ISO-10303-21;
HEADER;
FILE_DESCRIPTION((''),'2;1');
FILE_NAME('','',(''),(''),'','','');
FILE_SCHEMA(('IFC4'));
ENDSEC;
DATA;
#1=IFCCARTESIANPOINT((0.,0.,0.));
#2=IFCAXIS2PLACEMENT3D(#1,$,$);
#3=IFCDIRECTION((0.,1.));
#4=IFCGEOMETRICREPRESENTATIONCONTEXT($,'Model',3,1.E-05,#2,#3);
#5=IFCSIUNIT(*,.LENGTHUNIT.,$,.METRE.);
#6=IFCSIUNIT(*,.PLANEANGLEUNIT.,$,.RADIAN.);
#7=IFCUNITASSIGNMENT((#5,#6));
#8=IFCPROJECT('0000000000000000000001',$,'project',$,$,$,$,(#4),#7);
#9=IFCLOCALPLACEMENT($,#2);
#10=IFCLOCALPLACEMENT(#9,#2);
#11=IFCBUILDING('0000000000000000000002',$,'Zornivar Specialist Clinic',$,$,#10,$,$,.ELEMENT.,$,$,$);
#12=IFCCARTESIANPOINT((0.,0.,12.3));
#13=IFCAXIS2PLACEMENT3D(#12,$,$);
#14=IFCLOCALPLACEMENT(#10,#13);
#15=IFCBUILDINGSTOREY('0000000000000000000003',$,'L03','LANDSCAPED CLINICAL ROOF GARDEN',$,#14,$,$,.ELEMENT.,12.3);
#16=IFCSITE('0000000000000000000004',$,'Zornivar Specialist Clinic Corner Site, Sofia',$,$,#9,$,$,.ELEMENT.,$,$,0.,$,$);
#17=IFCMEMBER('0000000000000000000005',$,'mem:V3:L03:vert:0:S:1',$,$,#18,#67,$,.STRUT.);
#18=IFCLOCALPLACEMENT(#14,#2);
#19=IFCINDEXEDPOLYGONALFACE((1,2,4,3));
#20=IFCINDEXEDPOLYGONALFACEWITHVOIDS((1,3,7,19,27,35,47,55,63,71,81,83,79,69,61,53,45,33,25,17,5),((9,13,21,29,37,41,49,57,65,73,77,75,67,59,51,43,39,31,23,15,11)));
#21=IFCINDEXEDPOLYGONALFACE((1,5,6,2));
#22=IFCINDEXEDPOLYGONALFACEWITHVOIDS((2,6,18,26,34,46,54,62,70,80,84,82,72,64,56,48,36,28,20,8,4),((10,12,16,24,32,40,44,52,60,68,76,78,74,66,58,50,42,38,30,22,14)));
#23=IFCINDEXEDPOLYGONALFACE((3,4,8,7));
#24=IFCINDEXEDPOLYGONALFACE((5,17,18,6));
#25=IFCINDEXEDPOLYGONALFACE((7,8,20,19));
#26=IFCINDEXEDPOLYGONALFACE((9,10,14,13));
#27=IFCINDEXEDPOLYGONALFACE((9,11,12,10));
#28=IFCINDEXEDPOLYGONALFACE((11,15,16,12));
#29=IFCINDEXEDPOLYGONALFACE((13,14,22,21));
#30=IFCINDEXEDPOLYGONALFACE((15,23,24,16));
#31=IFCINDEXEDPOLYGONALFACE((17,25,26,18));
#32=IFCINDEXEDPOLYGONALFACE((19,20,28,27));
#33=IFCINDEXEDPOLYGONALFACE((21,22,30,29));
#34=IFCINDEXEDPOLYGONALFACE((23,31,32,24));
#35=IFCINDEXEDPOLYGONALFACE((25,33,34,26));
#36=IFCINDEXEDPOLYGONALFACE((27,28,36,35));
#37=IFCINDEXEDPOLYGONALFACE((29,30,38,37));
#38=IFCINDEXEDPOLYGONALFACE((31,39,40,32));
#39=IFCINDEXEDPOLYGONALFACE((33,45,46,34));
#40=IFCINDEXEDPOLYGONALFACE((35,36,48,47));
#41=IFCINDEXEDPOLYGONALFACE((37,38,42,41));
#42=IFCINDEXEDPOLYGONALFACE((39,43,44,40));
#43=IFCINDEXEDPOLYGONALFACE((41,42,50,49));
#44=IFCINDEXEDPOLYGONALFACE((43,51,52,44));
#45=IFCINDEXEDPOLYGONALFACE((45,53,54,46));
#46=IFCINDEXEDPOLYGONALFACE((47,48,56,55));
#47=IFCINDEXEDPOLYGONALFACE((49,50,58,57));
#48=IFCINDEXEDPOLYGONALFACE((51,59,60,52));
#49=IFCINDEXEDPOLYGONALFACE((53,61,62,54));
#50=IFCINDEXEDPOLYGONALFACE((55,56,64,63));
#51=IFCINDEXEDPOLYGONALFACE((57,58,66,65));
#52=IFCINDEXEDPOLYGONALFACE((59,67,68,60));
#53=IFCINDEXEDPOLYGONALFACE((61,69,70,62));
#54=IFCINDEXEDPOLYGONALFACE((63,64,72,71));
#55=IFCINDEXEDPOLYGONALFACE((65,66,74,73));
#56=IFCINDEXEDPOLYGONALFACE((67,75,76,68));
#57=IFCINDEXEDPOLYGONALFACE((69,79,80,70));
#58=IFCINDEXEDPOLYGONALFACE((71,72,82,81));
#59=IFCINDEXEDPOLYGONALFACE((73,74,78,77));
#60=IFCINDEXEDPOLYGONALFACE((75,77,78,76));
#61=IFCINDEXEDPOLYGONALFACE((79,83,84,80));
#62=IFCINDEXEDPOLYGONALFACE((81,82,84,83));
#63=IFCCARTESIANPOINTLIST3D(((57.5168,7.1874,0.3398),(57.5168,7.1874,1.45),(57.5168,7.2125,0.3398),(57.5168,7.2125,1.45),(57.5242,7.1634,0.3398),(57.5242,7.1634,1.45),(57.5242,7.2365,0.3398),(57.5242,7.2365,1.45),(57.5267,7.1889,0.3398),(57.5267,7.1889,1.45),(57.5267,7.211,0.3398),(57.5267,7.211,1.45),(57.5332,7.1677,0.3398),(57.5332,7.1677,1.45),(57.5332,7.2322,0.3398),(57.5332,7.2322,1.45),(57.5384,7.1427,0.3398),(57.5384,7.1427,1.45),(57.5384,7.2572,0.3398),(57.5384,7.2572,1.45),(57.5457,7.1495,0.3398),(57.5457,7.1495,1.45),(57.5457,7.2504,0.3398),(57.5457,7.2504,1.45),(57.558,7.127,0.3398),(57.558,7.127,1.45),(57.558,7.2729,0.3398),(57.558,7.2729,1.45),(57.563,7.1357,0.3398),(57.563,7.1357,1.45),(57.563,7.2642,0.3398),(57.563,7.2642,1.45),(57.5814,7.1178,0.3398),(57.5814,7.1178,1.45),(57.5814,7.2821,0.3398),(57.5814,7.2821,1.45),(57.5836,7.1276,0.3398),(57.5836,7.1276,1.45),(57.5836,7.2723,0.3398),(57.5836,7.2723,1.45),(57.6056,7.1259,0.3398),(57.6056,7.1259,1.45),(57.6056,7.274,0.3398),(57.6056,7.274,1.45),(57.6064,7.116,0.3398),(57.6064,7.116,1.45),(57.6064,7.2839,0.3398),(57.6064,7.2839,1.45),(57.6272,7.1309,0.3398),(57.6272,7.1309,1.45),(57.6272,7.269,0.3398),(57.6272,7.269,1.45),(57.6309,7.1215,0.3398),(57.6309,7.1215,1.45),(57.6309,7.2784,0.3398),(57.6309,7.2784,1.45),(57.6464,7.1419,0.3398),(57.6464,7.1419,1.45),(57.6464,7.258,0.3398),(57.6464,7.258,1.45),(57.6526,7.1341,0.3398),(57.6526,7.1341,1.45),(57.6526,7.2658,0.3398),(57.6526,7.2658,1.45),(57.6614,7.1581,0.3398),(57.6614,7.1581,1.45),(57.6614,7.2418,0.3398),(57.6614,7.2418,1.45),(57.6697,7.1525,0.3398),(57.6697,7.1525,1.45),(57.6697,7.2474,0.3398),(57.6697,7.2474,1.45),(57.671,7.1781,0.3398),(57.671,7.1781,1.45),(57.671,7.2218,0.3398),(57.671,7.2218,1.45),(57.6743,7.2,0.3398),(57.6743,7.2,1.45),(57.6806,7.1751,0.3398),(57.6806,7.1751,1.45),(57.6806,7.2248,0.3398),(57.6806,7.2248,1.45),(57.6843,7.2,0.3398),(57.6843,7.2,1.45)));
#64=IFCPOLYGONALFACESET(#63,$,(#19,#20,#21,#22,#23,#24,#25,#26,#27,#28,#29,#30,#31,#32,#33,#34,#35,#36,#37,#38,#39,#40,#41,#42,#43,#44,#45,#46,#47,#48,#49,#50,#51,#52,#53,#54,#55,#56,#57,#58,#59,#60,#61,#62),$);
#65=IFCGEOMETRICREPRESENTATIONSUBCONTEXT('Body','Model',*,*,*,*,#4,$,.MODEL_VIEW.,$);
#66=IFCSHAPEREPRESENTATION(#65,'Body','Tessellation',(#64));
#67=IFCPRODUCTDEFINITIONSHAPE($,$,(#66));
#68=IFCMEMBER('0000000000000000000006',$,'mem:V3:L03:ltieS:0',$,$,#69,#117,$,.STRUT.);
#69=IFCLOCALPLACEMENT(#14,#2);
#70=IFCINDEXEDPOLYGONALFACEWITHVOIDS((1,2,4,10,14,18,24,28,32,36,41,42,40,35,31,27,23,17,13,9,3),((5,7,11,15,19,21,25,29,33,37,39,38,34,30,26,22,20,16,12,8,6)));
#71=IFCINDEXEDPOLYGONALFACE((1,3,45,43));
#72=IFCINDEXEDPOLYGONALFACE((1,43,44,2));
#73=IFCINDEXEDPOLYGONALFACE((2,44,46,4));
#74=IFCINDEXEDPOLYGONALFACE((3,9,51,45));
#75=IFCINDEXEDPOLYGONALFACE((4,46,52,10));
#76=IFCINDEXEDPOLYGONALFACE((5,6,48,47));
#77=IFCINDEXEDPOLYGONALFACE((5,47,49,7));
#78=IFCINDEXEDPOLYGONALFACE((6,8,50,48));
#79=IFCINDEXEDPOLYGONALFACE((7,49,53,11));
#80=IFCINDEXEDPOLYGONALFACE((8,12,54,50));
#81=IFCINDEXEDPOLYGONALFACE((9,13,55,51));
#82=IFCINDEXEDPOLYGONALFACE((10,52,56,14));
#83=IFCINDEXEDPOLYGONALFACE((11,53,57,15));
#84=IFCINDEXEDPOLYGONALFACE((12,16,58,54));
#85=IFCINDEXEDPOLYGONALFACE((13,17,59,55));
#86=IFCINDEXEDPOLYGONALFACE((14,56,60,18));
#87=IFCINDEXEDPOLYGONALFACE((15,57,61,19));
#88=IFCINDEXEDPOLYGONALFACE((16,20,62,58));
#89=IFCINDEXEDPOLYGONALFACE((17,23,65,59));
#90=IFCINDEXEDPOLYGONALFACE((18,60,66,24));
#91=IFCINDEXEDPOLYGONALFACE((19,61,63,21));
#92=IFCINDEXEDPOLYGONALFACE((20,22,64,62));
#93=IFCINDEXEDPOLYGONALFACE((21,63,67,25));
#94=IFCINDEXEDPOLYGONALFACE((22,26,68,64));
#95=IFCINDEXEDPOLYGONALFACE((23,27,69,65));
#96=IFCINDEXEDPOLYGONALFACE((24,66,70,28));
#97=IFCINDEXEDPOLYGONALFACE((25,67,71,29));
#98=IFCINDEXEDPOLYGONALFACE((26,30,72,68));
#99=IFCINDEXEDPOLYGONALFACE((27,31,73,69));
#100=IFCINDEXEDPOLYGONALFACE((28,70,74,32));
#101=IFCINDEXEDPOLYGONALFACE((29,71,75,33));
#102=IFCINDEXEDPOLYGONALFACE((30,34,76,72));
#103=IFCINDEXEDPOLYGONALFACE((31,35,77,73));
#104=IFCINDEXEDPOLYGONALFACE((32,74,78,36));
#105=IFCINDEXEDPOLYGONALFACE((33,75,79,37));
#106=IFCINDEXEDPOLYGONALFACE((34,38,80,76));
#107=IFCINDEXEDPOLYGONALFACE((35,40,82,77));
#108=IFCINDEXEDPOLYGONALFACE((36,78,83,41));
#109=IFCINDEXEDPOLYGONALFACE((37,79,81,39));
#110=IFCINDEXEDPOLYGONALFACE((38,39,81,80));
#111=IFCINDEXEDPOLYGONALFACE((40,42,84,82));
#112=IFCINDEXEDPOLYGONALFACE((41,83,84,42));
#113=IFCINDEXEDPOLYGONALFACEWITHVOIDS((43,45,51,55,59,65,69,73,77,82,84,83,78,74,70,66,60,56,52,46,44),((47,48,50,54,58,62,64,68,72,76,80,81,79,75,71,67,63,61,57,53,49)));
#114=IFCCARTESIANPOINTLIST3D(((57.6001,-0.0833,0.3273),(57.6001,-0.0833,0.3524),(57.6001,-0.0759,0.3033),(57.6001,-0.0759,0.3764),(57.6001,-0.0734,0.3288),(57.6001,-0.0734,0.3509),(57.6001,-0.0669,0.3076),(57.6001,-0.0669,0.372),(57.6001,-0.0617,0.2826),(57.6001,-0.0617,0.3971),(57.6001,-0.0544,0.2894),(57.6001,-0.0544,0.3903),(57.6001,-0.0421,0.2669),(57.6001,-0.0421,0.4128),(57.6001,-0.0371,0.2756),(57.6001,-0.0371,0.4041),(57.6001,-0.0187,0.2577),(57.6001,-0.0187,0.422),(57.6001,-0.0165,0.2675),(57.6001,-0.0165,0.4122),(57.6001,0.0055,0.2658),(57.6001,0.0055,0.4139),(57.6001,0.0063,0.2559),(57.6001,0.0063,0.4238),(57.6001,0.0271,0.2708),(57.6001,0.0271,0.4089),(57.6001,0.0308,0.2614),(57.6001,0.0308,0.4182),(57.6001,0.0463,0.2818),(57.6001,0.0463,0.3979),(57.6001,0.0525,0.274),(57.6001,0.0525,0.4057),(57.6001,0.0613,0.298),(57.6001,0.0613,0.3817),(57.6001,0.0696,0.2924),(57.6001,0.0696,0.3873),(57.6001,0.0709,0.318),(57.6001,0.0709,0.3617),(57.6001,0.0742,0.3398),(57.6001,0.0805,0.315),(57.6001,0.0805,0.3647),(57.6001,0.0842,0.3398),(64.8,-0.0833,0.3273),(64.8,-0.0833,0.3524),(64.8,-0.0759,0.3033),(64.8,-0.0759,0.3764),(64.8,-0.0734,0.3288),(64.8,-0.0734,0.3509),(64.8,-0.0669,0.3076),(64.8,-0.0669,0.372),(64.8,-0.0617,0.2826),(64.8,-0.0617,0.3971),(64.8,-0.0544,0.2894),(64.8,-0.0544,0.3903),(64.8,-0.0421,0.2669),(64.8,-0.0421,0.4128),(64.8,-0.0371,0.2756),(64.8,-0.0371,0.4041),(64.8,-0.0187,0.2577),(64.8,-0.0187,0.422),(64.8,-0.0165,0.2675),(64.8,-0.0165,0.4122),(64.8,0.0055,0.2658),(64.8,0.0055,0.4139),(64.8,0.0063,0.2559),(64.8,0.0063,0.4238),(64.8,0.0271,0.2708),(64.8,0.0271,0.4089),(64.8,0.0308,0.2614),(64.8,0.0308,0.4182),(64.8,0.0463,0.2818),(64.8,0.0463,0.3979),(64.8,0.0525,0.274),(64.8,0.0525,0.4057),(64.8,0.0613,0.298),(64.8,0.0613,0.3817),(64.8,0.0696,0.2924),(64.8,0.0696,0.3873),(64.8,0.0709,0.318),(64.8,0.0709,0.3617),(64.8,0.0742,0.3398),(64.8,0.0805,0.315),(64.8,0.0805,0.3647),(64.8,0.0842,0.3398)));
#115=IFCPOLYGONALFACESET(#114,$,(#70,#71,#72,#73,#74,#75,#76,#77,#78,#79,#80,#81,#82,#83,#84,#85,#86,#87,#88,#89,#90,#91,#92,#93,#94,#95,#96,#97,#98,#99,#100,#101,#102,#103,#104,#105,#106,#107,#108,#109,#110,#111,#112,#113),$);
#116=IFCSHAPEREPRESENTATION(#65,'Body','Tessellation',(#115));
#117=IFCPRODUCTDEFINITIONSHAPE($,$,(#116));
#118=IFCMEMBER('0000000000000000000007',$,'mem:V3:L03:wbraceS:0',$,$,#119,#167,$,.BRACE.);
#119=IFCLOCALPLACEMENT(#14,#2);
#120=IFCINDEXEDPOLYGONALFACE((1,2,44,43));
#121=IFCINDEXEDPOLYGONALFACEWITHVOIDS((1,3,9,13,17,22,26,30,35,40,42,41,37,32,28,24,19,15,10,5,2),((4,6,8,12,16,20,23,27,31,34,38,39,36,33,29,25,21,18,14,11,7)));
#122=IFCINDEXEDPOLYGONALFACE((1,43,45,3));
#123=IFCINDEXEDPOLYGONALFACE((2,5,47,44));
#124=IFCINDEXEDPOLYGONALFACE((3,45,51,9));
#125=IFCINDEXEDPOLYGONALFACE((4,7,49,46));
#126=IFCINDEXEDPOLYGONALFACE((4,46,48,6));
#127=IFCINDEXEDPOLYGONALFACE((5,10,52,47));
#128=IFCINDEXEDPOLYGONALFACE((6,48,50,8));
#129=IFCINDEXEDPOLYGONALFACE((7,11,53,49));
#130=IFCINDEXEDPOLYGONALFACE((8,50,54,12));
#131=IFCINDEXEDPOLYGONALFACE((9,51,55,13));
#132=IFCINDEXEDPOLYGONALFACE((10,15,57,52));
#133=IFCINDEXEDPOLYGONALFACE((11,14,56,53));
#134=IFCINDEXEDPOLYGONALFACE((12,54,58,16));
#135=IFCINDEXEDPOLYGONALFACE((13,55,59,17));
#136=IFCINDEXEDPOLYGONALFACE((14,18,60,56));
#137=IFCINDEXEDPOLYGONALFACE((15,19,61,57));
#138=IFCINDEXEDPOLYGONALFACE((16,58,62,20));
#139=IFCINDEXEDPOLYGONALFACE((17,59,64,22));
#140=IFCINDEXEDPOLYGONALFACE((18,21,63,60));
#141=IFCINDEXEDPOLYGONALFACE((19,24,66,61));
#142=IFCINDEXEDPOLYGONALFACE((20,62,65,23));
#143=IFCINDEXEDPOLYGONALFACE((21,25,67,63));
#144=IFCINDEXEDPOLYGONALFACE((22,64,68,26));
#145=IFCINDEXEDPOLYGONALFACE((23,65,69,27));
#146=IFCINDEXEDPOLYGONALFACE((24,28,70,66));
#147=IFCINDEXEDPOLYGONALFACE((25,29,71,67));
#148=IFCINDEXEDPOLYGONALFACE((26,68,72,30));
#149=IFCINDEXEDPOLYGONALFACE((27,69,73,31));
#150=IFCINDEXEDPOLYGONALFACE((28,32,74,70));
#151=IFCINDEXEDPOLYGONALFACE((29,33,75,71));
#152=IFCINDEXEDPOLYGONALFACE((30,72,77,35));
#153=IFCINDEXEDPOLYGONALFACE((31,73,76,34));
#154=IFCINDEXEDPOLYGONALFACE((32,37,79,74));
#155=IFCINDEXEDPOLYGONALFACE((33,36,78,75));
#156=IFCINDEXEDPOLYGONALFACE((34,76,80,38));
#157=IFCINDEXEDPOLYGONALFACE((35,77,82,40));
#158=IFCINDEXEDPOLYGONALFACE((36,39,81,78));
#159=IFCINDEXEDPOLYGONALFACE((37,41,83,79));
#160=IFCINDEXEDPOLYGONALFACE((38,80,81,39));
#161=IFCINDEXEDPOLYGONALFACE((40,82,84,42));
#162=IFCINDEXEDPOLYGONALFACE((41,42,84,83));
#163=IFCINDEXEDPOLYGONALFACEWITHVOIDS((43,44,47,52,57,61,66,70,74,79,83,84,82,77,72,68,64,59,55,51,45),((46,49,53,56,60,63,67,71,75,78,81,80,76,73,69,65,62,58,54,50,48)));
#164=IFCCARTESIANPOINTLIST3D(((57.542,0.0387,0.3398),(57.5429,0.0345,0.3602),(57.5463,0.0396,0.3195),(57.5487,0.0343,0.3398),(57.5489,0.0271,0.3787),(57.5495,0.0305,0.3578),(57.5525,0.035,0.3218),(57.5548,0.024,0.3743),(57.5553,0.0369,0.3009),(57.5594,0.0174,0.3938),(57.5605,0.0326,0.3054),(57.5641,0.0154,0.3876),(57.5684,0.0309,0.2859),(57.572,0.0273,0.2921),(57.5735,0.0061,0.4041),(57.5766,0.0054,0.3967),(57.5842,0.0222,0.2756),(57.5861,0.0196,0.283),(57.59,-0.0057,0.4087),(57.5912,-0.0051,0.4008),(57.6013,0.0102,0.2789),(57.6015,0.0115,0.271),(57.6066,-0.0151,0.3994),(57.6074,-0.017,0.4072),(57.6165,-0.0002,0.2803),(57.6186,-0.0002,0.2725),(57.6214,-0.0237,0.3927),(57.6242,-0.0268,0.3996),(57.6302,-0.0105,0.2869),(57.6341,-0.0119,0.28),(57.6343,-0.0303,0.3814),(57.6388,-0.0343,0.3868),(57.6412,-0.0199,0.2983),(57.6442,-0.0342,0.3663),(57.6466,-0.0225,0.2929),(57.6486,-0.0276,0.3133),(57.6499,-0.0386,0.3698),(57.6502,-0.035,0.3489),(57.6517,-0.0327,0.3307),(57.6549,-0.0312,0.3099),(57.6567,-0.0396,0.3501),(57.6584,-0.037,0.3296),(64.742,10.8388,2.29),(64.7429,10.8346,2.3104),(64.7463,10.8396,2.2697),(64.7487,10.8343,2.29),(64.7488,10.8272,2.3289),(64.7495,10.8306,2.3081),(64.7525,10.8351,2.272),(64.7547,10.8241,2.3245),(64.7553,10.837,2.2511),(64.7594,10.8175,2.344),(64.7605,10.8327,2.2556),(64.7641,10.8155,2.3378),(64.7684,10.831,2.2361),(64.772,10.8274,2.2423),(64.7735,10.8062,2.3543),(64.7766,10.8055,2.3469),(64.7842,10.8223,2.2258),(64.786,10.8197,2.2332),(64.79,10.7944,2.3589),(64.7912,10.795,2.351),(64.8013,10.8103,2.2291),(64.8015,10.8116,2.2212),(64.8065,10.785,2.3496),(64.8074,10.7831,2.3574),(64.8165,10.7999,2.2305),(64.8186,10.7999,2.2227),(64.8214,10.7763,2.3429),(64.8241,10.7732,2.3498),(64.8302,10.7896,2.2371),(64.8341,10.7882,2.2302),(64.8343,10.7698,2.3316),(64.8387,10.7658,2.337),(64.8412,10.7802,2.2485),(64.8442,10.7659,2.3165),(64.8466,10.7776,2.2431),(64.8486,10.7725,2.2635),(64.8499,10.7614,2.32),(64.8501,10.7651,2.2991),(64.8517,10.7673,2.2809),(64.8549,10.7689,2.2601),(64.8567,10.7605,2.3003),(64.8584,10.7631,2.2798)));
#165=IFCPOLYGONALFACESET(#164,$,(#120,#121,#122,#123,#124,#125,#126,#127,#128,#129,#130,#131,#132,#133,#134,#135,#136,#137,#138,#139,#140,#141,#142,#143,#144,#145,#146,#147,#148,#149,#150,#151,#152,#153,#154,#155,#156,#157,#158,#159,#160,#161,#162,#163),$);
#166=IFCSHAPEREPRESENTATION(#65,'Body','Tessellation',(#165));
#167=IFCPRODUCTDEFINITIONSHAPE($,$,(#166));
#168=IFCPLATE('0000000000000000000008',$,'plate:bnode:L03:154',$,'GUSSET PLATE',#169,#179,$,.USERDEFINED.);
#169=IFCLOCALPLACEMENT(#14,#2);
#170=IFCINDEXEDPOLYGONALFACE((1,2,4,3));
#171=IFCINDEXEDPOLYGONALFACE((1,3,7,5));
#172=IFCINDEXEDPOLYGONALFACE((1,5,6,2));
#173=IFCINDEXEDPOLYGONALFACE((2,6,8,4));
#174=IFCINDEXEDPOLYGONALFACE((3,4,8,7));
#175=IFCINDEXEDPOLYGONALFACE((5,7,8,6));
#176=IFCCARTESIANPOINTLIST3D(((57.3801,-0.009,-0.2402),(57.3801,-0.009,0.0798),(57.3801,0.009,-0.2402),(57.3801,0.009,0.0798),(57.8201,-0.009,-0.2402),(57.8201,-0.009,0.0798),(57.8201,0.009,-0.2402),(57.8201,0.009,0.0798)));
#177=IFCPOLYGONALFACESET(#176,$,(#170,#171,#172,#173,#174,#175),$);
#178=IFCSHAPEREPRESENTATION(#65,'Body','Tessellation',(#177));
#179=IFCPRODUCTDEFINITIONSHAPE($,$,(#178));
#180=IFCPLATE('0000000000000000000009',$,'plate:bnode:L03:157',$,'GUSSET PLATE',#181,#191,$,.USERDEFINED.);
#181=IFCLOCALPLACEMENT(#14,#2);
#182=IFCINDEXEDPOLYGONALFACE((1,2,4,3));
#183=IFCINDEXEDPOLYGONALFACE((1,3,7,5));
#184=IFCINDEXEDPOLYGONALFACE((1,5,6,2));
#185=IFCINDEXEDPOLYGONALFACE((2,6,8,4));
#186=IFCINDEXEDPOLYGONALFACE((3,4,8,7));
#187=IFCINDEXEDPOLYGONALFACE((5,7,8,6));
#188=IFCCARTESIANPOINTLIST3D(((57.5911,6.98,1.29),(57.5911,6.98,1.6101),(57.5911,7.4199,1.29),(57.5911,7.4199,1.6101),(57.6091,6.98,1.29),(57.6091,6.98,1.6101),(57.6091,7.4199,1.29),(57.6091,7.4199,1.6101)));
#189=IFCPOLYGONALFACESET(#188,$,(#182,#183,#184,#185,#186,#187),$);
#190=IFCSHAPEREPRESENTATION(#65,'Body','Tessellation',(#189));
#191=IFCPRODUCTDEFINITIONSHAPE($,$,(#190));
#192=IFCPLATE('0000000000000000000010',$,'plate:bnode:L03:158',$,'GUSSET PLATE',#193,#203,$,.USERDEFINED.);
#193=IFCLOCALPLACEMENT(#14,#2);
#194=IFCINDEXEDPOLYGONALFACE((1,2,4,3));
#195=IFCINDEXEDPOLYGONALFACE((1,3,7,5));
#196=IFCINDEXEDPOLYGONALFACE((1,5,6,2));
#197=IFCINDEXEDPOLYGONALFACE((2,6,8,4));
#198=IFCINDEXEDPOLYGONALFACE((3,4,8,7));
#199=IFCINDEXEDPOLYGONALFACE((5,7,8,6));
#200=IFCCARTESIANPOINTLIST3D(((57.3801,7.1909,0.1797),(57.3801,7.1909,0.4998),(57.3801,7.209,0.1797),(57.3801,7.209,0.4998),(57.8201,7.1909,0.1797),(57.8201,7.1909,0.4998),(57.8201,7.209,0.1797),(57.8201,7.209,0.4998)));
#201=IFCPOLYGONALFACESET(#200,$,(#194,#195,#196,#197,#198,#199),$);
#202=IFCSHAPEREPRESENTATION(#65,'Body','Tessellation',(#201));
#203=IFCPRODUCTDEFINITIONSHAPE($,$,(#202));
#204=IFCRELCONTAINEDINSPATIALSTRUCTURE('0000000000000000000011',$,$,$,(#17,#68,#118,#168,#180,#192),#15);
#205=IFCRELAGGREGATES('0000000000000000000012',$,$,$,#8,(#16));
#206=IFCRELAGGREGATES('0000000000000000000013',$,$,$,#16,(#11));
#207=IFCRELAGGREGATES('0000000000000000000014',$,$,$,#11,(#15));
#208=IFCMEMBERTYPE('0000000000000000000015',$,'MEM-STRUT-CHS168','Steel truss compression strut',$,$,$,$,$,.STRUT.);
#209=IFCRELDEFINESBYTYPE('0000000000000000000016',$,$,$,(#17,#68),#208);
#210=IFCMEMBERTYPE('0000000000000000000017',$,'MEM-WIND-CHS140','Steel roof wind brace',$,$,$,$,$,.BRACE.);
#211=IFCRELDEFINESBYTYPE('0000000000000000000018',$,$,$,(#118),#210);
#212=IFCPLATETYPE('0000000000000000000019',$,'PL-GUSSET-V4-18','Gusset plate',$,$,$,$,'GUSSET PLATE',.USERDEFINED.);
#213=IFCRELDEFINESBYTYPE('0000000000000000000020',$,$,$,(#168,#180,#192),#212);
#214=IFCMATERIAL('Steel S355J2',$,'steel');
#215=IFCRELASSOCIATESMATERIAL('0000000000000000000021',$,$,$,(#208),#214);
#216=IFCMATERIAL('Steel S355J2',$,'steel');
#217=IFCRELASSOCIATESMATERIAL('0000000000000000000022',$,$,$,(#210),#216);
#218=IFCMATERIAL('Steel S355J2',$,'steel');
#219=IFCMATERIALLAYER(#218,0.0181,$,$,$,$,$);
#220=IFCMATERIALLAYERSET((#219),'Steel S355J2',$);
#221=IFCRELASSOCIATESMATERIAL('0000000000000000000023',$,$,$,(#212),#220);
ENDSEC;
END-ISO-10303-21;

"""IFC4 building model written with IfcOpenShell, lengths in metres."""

from ifc_helpers import new_model, si_unit, direction, frame, origin, origin_2d, place, context, subcontext, project, spatial, rectangle, hollow_circle, extrude, material, layer, layer_set, material_profile, profile_set, type_object, element, save


model = new_model("IFC4")

# Units and contexts
model_context = context("Model", 3, precision=1e-05, world=origin(), true_north=direction((0.0, 1.0)))
body_context = subcontext(model_context, "Body", "Model", "MODEL_VIEW")
ifc_project = project(units=[si_unit("LENGTHUNIT", "METRE"), si_unit("PLANEANGLEUNIT", "RADIAN")], contexts=[model_context])

# Site, building, storey
site_placement = place(None, origin())
site = spatial("IfcSite", under=ifc_project, at=site_placement, Name="Zornivar Specialist Clinic Corner Site, Sofia", CompositionType="ELEMENT", RefElevation=0.0)
building_placement = place(site_placement, origin())
building = spatial("IfcBuilding", under=site, at=building_placement, Name="Zornivar Specialist Clinic", CompositionType="ELEMENT")
storey_placement = place(building_placement, frame((0.0, 0.0, 12.3)))
storey = spatial("IfcBuildingStorey", under=building, at=storey_placement, Name="L03", Description="LANDSCAPED CLINICAL ROOF GARDEN", CompositionType="ELEMENT", Elevation=12.3)

# Members
ifc_material_1 = material(Name="Steel S355J2", Category="steel")
ifc_material_profile_1 = material_profile(ifc_material_1, hollow_circle(Radius=0.0842, WallThickness=0.01, at=origin_2d()), Name="CHS 168.3x10")
ifc_profile_set_1 = profile_set([ifc_material_profile_1], Name="Steel S355J2")
member_type_1 = type_object("IfcMemberType", Name="MEM-STRUT-CHS168", Description="Steel truss compression strut", PredefinedType="STRUT", material=ifc_profile_set_1)
member_1_placement = place(storey_placement, frame((57.6001, 7.2, 0.3398), z_axis=(0.0, 0.0, 1.0), x_axis=(1.0, 0.0, 0.0)))
element("IfcMember", 1, at=member_1_placement, inside=storey, type_object=member_type_1, Name="mem:V3:L03:vert:0:S:1", PredefinedType="STRUT", context=body_context, shape_type="SweptSolid", body=[
    extrude(hollow_circle(Radius=0.0842, WallThickness=0.01, at=origin_2d()), origin(), (0.0, 0.0, 1.0), 1.1101),
])
member_2_placement = place(storey_placement, frame((57.6001, 0.0, 0.3398), z_axis=(1.0, 0.0, 0.0), x_axis=(0.0, 1.0, 0.0)))
element("IfcMember", 2, at=member_2_placement, inside=storey, type_object=member_type_1, Name="mem:V3:L03:ltieS:0", PredefinedType="STRUT", context=body_context, shape_type="SweptSolid", body=[
    extrude(hollow_circle(Radius=0.0842, WallThickness=0.01, at=origin_2d()), origin(), (0.0, 0.0, 1.0), 7.2),
])
ifc_material_2 = material(Name="Steel S355J2", Category="steel")
ifc_material_profile_2 = material_profile(ifc_material_2, hollow_circle(Radius=0.0698, WallThickness=0.0081, at=origin_2d()), Name="CHS 139.7x8")
ifc_profile_set_2 = profile_set([ifc_material_profile_2], Name="Steel S355J2")
member_type_2 = type_object("IfcMemberType", Name="MEM-WIND-CHS140", Description="Steel roof wind brace", PredefinedType="BRACE", material=ifc_profile_set_2)
member_3_placement = place(storey_placement, frame((57.6001, 0.0, 0.3398), z_axis=(0.548539, 0.822818, 0.148579), x_axis=(-0.832053, 0.554696, 0.0)))
element("IfcMember", 3, at=member_3_placement, inside=storey, type_object=member_type_2, Name="mem:V3:L03:wbraceS:0", PredefinedType="BRACE", context=body_context, shape_type="SweptSolid", body=[
    extrude(hollow_circle(Radius=0.0698, WallThickness=0.0081, at=origin_2d()), origin(), (0.0, 0.0, 1.0), 13.1257),
])

# Plates
ifc_material_3 = material(Name="Steel S355J2", Category="steel")
ifc_layer_1 = layer(ifc_material_3, 0.0181)
ifc_layer_set_1 = layer_set([ifc_layer_1], Name="Steel S355J2")
plate_type = type_object("IfcPlateType", Name="PL-GUSSET-V4-18", Description="Gusset plate", ElementType="GUSSET PLATE", PredefinedType="USERDEFINED", material=ifc_layer_set_1)
for number, where, z_axis, x_axis, name in (
    (4, (57.6001, 0.0, -0.2402), (0.0, 0.0, 1.0), (1.0, 0.0, 0.0), "plate:bnode:L03:154"),
    (5, (57.6001, 7.2, 1.29), (0.0, 0.0, 1.0), (0.0, 1.0, 0.0), "plate:bnode:L03:157"),
    (6, (57.6001, 7.2, 0.1797), (0.0, 0.0, 1.0), (1.0, 0.0, 0.0), "plate:bnode:L03:158"),
):
    element("IfcPlate", number, at=place(storey_placement, frame(where, z_axis=z_axis, x_axis=x_axis)), inside=storey, type_object=plate_type, Name=name, ObjectType="GUSSET PLATE", PredefinedType="USERDEFINED", context=body_context, shape_type="SweptSolid", body=[
        extrude(rectangle(XDim=0.4399, YDim=0.0181, at=origin_2d()), origin(), (0.0, 0.0, 1.0), 0.3201),
    ])

save(model, "model.ifc")
